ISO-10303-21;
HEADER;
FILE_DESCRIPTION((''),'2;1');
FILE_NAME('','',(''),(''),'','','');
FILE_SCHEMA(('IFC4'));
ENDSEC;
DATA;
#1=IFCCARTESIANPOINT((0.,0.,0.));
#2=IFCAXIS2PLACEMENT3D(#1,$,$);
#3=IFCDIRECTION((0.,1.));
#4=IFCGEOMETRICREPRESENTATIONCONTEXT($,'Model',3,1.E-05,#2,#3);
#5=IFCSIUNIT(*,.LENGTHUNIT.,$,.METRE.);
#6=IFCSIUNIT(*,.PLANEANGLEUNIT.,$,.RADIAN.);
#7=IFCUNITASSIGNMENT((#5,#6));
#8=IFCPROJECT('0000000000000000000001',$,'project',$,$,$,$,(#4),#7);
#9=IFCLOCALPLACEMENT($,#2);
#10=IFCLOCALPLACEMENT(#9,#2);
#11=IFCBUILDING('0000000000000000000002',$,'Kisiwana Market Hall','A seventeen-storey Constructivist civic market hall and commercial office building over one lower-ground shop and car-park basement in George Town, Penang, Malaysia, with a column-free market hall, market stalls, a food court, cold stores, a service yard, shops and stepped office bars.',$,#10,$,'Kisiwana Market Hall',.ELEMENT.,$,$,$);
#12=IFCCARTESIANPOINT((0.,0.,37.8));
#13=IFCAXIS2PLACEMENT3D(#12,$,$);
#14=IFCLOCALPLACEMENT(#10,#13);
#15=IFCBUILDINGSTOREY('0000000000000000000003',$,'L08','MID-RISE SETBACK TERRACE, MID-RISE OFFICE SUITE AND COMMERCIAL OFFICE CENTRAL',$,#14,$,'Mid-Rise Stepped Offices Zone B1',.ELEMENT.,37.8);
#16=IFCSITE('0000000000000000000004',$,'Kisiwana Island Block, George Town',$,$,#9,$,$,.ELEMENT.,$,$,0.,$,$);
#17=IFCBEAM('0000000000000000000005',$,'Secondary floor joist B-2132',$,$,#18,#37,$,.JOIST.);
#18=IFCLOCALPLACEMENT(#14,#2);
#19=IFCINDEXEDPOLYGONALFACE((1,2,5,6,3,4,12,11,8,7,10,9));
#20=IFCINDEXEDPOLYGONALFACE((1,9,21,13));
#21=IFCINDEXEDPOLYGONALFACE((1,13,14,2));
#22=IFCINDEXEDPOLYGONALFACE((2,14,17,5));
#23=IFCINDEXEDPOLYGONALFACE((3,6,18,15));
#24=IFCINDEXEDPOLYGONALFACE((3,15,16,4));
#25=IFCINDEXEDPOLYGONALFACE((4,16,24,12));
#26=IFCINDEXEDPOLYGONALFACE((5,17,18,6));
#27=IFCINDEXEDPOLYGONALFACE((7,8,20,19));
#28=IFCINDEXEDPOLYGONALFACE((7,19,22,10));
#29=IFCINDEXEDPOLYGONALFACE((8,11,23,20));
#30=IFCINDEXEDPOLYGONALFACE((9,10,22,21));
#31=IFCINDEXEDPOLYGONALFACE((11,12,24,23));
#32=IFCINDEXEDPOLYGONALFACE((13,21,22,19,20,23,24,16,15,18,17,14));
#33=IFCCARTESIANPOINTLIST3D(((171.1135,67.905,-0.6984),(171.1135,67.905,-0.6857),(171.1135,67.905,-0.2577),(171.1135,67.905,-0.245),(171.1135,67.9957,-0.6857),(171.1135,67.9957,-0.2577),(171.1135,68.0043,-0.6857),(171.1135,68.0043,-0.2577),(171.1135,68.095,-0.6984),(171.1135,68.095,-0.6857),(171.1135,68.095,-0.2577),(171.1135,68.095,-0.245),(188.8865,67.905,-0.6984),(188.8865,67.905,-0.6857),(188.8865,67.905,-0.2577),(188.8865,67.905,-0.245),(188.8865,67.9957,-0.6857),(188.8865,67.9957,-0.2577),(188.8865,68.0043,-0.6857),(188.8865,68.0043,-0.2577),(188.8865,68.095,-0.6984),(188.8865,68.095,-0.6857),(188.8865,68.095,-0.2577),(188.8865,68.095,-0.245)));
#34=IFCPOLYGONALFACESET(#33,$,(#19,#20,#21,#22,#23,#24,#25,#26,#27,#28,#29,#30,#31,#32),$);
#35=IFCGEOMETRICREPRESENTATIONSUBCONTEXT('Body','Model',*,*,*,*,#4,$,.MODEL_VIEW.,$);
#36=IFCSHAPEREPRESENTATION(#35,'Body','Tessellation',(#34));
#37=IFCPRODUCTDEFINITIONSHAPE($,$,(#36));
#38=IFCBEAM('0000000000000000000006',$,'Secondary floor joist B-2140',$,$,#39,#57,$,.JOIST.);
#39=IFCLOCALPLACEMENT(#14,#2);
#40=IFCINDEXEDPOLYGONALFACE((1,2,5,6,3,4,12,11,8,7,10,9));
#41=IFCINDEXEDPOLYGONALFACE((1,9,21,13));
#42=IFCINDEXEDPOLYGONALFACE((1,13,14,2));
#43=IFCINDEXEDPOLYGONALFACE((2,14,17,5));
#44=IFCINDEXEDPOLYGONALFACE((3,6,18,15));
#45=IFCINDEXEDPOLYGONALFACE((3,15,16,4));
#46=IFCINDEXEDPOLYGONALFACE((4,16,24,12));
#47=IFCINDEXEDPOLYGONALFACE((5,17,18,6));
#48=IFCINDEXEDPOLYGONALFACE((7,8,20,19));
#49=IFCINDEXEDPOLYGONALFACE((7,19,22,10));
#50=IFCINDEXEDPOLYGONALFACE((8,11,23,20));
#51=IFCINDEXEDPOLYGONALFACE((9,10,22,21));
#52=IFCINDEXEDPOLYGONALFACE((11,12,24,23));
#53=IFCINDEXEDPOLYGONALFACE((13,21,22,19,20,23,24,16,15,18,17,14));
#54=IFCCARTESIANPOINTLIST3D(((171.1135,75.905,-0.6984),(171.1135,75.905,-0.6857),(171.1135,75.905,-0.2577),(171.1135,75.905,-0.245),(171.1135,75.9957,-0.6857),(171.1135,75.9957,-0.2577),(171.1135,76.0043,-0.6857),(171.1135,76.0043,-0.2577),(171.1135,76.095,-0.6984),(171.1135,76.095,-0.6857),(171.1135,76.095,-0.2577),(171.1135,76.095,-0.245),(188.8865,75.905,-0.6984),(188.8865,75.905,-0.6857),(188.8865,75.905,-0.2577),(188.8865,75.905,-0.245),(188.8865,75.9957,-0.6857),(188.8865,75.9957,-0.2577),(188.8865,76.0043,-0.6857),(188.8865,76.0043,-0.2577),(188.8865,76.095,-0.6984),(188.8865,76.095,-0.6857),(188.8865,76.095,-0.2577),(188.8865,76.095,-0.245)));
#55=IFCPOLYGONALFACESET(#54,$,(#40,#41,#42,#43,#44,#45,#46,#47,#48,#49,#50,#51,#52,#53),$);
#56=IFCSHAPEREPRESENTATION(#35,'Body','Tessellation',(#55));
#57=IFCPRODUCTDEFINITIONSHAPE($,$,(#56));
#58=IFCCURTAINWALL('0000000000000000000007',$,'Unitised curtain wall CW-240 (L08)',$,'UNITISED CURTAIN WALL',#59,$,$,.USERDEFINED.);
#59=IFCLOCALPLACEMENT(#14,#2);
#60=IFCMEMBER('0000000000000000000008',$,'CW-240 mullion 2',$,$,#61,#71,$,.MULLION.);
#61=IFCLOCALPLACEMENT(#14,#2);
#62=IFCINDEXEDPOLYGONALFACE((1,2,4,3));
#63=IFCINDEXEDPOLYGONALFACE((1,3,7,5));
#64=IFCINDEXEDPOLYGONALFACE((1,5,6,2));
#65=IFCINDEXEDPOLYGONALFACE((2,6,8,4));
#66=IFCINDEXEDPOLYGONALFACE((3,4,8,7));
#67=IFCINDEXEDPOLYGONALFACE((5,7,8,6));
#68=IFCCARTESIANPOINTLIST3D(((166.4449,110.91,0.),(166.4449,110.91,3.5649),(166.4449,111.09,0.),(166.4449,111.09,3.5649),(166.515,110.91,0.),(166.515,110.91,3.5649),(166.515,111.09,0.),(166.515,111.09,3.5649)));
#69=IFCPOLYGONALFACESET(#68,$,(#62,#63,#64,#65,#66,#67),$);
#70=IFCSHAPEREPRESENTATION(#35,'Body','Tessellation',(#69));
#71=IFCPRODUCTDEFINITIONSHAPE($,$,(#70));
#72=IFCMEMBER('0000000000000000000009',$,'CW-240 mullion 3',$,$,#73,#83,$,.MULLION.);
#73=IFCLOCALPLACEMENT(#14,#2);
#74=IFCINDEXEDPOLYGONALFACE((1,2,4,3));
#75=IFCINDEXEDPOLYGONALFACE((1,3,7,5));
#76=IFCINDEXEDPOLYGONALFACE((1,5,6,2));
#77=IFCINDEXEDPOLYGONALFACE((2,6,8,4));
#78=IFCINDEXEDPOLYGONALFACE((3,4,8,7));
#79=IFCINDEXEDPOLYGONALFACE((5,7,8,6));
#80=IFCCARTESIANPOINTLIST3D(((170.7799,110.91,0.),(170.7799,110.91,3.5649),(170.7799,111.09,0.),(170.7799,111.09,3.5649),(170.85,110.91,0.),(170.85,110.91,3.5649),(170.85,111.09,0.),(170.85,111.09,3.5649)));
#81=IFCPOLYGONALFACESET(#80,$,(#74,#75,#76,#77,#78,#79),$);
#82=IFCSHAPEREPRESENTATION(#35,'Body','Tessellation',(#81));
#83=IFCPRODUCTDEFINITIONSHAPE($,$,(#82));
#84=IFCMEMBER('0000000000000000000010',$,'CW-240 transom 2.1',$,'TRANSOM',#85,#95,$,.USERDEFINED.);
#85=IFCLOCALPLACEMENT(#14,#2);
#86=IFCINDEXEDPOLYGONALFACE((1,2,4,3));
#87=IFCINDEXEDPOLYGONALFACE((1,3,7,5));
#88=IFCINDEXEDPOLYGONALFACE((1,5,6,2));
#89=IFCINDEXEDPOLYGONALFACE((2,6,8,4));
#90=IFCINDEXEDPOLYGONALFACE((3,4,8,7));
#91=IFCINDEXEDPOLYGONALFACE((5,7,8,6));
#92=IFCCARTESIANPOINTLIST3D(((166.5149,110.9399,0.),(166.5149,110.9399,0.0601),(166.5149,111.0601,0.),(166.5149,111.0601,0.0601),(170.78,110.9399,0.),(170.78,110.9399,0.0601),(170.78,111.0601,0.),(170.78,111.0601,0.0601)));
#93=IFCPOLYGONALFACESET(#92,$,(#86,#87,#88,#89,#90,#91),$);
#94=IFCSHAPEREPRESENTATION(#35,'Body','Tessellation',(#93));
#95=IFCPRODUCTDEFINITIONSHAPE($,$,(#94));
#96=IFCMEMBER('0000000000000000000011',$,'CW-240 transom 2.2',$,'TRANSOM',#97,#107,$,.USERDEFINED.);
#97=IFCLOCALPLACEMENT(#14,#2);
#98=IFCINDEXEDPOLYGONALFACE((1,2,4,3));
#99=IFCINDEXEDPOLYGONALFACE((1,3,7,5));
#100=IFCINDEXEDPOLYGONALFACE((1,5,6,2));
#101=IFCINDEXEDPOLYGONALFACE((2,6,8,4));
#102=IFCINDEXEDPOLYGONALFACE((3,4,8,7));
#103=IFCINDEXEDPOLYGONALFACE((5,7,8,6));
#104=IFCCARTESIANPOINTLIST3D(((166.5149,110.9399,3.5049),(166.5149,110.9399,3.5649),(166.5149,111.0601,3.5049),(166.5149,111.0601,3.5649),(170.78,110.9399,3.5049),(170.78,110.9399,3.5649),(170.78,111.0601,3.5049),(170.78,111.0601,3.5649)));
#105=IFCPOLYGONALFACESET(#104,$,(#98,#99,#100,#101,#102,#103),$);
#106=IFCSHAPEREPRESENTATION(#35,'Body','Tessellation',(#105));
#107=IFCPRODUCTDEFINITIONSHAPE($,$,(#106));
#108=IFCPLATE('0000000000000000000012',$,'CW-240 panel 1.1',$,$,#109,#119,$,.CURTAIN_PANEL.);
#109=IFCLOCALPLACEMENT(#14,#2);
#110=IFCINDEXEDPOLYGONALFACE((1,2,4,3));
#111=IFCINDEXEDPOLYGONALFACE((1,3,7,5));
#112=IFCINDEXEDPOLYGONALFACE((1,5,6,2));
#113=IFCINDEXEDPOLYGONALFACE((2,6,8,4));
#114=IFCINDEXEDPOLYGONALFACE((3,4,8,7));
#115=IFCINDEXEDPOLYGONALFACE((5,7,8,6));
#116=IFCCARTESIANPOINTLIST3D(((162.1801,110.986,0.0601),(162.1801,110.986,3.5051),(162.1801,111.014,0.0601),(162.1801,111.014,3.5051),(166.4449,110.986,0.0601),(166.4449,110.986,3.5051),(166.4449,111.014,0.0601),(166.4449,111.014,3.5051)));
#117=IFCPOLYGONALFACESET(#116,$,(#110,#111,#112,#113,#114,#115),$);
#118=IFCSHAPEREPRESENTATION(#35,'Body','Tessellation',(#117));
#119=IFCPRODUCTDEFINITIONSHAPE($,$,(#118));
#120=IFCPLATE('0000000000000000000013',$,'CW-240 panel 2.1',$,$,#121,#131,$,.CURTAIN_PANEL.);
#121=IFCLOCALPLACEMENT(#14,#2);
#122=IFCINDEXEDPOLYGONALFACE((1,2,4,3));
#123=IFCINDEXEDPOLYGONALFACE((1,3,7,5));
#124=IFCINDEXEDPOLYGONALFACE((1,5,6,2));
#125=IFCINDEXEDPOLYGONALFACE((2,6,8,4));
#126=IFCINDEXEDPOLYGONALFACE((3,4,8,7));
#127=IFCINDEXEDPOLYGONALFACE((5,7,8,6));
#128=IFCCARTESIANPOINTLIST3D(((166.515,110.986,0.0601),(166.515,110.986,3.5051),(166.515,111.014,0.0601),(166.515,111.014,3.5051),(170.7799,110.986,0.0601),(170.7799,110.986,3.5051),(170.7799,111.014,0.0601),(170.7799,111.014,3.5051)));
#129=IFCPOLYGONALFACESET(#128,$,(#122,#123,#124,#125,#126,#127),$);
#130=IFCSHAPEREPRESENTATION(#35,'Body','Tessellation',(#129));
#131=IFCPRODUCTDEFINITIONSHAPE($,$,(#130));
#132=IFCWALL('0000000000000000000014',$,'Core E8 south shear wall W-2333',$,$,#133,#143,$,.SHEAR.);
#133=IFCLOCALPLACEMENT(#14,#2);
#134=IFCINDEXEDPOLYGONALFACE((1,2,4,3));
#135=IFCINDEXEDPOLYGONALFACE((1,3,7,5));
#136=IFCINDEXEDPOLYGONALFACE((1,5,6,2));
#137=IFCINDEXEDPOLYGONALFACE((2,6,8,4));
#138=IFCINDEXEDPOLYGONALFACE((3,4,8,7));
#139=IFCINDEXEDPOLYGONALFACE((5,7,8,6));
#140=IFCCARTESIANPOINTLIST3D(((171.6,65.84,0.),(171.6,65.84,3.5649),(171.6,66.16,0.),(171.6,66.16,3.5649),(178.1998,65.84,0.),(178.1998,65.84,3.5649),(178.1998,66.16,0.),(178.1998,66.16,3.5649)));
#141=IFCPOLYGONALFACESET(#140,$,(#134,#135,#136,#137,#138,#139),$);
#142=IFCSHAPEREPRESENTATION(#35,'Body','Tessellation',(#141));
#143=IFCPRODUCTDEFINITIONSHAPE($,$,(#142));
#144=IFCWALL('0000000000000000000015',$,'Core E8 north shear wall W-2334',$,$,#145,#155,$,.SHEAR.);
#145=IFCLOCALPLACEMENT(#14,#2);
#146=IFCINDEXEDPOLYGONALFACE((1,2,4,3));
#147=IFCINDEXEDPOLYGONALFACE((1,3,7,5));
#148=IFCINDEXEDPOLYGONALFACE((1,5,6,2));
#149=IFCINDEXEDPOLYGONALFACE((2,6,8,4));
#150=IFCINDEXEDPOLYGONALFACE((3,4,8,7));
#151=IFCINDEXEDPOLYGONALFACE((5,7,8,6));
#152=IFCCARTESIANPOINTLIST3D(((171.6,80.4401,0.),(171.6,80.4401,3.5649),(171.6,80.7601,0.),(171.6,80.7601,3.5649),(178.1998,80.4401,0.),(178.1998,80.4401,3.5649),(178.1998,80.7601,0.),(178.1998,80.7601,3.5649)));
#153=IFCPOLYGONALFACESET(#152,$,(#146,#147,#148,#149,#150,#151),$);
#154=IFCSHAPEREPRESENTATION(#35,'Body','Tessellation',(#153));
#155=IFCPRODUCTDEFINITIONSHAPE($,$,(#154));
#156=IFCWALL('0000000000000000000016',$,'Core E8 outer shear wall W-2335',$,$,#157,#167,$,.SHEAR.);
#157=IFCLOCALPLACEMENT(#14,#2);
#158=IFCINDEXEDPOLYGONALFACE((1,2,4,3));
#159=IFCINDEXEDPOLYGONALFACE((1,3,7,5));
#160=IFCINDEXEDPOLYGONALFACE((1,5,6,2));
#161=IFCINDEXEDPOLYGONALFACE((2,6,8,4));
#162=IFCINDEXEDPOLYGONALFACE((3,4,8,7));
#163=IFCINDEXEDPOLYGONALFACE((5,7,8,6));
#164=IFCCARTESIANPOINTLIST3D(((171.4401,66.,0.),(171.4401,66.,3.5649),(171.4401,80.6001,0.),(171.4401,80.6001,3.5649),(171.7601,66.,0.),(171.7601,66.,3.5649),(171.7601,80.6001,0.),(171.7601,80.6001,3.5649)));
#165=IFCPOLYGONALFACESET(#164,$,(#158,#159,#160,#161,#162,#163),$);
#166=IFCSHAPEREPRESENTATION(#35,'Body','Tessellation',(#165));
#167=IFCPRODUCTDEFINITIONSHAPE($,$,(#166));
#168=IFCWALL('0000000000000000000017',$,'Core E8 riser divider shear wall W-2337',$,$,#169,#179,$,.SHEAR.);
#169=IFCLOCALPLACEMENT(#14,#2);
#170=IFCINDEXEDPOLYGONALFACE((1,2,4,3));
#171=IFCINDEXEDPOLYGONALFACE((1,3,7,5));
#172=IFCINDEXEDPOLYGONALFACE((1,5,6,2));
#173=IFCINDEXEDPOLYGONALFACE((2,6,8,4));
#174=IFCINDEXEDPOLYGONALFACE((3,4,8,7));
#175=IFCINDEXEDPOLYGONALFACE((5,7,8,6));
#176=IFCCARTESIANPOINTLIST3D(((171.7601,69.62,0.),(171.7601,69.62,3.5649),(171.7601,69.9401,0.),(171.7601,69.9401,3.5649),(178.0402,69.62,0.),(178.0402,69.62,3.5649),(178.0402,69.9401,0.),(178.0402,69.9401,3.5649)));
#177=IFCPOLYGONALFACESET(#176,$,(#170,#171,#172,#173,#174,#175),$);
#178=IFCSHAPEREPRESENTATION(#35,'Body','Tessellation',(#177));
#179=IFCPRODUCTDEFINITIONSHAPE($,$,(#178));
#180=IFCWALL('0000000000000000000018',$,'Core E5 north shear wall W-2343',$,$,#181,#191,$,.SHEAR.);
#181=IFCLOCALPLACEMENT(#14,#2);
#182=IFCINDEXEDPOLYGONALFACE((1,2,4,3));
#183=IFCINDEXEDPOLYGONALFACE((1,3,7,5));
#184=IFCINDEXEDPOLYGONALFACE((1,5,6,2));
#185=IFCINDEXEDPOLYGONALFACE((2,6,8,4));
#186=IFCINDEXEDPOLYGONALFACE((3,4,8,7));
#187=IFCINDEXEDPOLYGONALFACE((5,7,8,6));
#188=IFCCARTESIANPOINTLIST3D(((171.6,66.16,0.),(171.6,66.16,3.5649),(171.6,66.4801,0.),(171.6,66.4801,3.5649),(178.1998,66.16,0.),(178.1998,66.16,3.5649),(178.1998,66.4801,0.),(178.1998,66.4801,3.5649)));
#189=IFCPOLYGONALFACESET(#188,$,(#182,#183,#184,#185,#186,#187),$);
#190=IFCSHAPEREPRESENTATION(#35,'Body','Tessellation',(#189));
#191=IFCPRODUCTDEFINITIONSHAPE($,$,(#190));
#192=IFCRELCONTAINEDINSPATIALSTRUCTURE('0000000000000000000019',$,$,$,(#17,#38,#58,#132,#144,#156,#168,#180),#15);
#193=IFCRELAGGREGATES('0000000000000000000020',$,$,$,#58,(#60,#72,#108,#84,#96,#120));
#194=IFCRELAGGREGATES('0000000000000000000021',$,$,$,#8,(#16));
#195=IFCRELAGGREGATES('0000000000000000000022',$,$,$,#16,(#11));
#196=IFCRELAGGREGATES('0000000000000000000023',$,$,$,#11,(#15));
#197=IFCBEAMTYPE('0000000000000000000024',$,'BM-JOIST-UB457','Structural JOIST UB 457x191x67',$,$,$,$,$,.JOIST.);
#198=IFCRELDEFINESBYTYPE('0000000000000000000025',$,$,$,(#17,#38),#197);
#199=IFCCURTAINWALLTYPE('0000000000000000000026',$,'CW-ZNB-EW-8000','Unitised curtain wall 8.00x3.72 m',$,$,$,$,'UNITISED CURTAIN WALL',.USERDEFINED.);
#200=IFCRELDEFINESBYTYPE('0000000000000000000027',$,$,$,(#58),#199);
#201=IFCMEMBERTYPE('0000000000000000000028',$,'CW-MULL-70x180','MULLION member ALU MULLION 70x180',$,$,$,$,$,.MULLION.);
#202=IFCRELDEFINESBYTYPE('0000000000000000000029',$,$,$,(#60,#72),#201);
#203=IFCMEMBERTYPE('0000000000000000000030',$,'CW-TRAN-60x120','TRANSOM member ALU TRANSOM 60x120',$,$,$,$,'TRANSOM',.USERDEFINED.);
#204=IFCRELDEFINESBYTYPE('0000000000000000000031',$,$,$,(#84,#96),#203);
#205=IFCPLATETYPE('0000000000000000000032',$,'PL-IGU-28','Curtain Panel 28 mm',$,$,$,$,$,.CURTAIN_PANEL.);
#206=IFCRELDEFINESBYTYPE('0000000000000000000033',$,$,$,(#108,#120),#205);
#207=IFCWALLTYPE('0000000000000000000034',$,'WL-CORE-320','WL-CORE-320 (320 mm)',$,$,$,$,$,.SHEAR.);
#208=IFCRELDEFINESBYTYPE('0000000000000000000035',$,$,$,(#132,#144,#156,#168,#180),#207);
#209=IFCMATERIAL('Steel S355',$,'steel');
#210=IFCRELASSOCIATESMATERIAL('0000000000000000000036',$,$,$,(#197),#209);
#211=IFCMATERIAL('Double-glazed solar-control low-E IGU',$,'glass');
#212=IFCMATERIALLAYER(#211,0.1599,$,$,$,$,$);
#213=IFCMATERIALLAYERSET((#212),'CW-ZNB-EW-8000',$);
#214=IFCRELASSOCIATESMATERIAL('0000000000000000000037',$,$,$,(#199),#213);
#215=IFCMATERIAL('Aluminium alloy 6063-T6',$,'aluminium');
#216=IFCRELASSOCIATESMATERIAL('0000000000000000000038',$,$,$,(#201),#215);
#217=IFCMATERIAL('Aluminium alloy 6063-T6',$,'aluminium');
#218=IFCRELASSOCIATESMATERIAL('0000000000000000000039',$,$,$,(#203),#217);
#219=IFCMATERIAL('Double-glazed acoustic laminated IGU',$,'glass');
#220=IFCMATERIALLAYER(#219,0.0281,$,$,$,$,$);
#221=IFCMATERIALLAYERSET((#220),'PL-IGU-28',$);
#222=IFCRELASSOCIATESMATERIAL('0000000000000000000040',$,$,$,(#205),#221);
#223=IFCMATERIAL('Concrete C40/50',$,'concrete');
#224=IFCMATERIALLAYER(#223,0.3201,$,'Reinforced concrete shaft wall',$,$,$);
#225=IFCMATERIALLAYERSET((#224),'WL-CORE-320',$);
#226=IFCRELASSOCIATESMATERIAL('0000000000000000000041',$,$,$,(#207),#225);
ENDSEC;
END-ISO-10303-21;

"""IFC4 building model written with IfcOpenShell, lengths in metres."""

from ifc_helpers import new_model, si_unit, direction, frame, frame_2d, origin, origin_2d, place, context, subcontext, project, spatial, rectangle, i_section, extrude, material, layer, layer_set, material_profile, profile_set, type_object, element, aggregate, save


model = new_model("IFC4")

# Units and contexts
model_context = context("Model", 3, precision=1e-05, world=origin(), true_north=direction((0.0, 1.0)))
body_context = subcontext(model_context, "Body", "Model", "MODEL_VIEW")
ifc_project = project(units=[si_unit("LENGTHUNIT", "METRE"), si_unit("PLANEANGLEUNIT", "RADIAN")], contexts=[model_context])

# Site, building, storey
site_placement = place(None, origin())
site = spatial("IfcSite", under=ifc_project, at=site_placement, Name="Kisiwana Island Block, George Town", CompositionType="ELEMENT", RefElevation=0.0)
building_placement = place(site_placement, origin())
building = spatial("IfcBuilding", under=site, at=building_placement, Name="Kisiwana Market Hall", Description="A seventeen-storey Constructivist civic market hall and commercial office building over one lower-ground shop and car-park basement in George Town, Penang, Malaysia, with a column-free market hall, market stalls, a food court, cold stores, a service yard, shops and stepped office bars.", LongName="Kisiwana Market Hall", CompositionType="ELEMENT")
storey_placement = place(building_placement, frame((0.0, 0.0, 37.8)))
storey = spatial("IfcBuildingStorey", under=building, at=storey_placement, Name="L08", Description="MID-RISE SETBACK TERRACE, MID-RISE OFFICE SUITE AND COMMERCIAL OFFICE CENTRAL", LongName="Mid-Rise Stepped Offices Zone B1", CompositionType="ELEMENT", Elevation=37.8)

# Beams
ifc_material_1 = material(Name="Steel S355", Category="steel")
ifc_material_profile_1 = material_profile(ifc_material_1, i_section(OverallWidth=0.1899, OverallDepth=0.4534, WebThickness=0.0085, FlangeThickness=0.0127, at=origin_2d()), Name="UB 457x191x67")
ifc_profile_set_1 = profile_set([ifc_material_profile_1], Name="Steel S355")
beam_type_1 = type_object("IfcBeamType", Name="BM-JOIST-UB457", Description="Structural JOIST UB 457x191x67", PredefinedType="JOIST", material=ifc_profile_set_1)
for number, where, z_axis, x_axis, name in (
    (1, (171.1135, 68.0, -0.4717), (1.0, 0.0, 0.0), (0.0, 1.0, 0.0), "Secondary floor joist B-2132"),
    (2, (171.1135, 76.0, -0.4717), (1.0, 0.0, 0.0), (0.0, 1.0, 0.0), "Secondary floor joist B-2140"),
):
    element("IfcBeam", number, at=place(storey_placement, frame(where, z_axis=z_axis, x_axis=x_axis)), inside=storey, type_object=beam_type_1, Name=name, PredefinedType="JOIST", context=body_context, shape_type="SweptSolid", body=[
        extrude(i_section(OverallWidth=0.1899, OverallDepth=0.4534, WebThickness=0.0085, FlangeThickness=0.0127, at=origin_2d()), origin(), (0.0, 0.0, 1.0), 17.7729),
    ])

# Curtain wall, members, plates
ifc_material_2 = material(Name="Double-glazed solar-control low-E IGU", Category="glass")
ifc_layer_1 = layer(ifc_material_2, 0.1599)
ifc_layer_set_1 = layer_set([ifc_layer_1], Name="CW-ZNB-EW-8000")
curtain_wall_type = type_object("IfcCurtainWallType", Name="CW-ZNB-EW-8000", Description="Unitised curtain wall 8.00x3.72 m", ElementType="UNITISED CURTAIN WALL", PredefinedType="USERDEFINED", material=ifc_layer_set_1)
curtain_wall_placement = place(storey_placement, origin())
curtain_wall = element("IfcCurtainWall", 3, at=curtain_wall_placement, inside=storey, type_object=curtain_wall_type, Name="Unitised curtain wall CW-240 (L08)", ObjectType="UNITISED CURTAIN WALL", PredefinedType="USERDEFINED")
ifc_material_3 = material(Name="Aluminium alloy 6063-T6", Category="aluminium")
ifc_material_profile_2 = material_profile(ifc_material_3, rectangle(XDim=0.0701, YDim=0.1799, at=origin_2d()), Name="ALU MULLION 70x180")
ifc_profile_set_2 = profile_set([ifc_material_profile_2], Name="Aluminium alloy 6063-T6")
member_type_1 = type_object("IfcMemberType", Name="CW-MULL-70x180", Description="MULLION member ALU MULLION 70x180", PredefinedType="MULLION", material=ifc_profile_set_2)
member_1_placement = place(storey_placement, frame((166.48, 111.0, 0.0), z_axis=(0.0, 0.0, 1.0), x_axis=(1.0, 0.0, 0.0)))
member_1 = element("IfcMember", 4, at=member_1_placement, type_object=member_type_1, Name="CW-240 mullion 2", PredefinedType="MULLION", context=body_context, shape_type="SweptSolid", body=[
    extrude(rectangle(XDim=0.0701, YDim=0.1799, at=origin_2d()), origin(), (0.0, 0.0, 1.0), 3.5649),
])
member_2_placement = place(storey_placement, frame((170.8149, 111.0, 0.0), z_axis=(0.0, 0.0, 1.0), x_axis=(1.0, 0.0, 0.0)))
member_2 = element("IfcMember", 5, at=member_2_placement, type_object=member_type_1, Name="CW-240 mullion 3", PredefinedType="MULLION", context=body_context, shape_type="SweptSolid", body=[
    extrude(rectangle(XDim=0.0701, YDim=0.1799, at=origin_2d()), origin(), (0.0, 0.0, 1.0), 3.5649),
])
ifc_material_4 = material(Name="Aluminium alloy 6063-T6", Category="aluminium")
ifc_material_profile_3 = material_profile(ifc_material_4, rectangle(XDim=0.1201, YDim=0.0601, at=origin_2d()), Name="ALU TRANSOM 60x120")
ifc_profile_set_3 = profile_set([ifc_material_profile_3], Name="Aluminium alloy 6063-T6")
member_type_2 = type_object("IfcMemberType", Name="CW-TRAN-60x120", Description="TRANSOM member ALU TRANSOM 60x120", ElementType="TRANSOM", PredefinedType="USERDEFINED", material=ifc_profile_set_3)
member_3_placement = place(storey_placement, frame((166.5149, 111.0, 0.03), z_axis=(1.0, 0.0, 0.0), x_axis=(0.0, 1.0, 0.0)))
member_3 = element("IfcMember", 6, at=member_3_placement, type_object=member_type_2, Name="CW-240 transom 2.1", ObjectType="TRANSOM", PredefinedType="USERDEFINED", context=body_context, shape_type="SweptSolid", body=[
    extrude(rectangle(XDim=0.1201, YDim=0.0601, at=origin_2d()), origin(), (0.0, 0.0, 1.0), 4.2651),
])
member_4_placement = place(storey_placement, frame((166.5149, 111.0, 3.5349), z_axis=(1.0, 0.0, 0.0), x_axis=(0.0, 1.0, 0.0)))
member_4 = element("IfcMember", 7, at=member_4_placement, type_object=member_type_2, Name="CW-240 transom 2.2", ObjectType="TRANSOM", PredefinedType="USERDEFINED", context=body_context, shape_type="SweptSolid", body=[
    extrude(rectangle(XDim=0.1201, YDim=0.0601, at=origin_2d()), origin(), (0.0, 0.0, 1.0), 4.2651),
])
ifc_material_5 = material(Name="Double-glazed acoustic laminated IGU", Category="glass")
ifc_layer_2 = layer(ifc_material_5, 0.0281)
ifc_layer_set_2 = layer_set([ifc_layer_2], Name="PL-IGU-28")
plate_type = type_object("IfcPlateType", Name="PL-IGU-28", Description="Curtain Panel 28 mm", PredefinedType="CURTAIN_PANEL", material=ifc_layer_set_2)
plate_1_placement = place(storey_placement, frame((164.3125, 111.0, 0.0601), z_axis=(0.0, 0.0, 1.0), x_axis=(1.0, 0.0, 0.0)))
plate_1 = element("IfcPlate", 8, at=plate_1_placement, type_object=plate_type, Name="CW-240 panel 1.1", PredefinedType="CURTAIN_PANEL", context=body_context, shape_type="SweptSolid", body=[
    extrude(rectangle(XDim=4.2649, YDim=0.0281, at=origin_2d()), origin(), (0.0, 0.0, 1.0), 3.4451),
])
plate_2_placement = place(storey_placement, frame((168.6475, 111.0, 0.0601), z_axis=(0.0, 0.0, 1.0), x_axis=(1.0, 0.0, 0.0)))
plate_2 = element("IfcPlate", 9, at=plate_2_placement, type_object=plate_type, Name="CW-240 panel 2.1", PredefinedType="CURTAIN_PANEL", context=body_context, shape_type="SweptSolid", body=[
    extrude(rectangle(XDim=4.2649, YDim=0.0281, at=origin_2d()), origin(), (0.0, 0.0, 1.0), 3.4451),
])
aggregate(curtain_wall, [member_1, member_2, plate_1, member_3, member_4, plate_2])

# Walls
ifc_material_6 = material(Name="Concrete C40/50", Category="concrete")
ifc_layer_3 = layer(ifc_material_6, 0.3201, Name="Reinforced concrete shaft wall")
ifc_layer_set_3 = layer_set([ifc_layer_3], Name="WL-CORE-320")
wall_type_1 = type_object("IfcWallType", Name="WL-CORE-320", Description="WL-CORE-320 (320 mm)", PredefinedType="SHEAR", material=ifc_layer_set_3)
for number, where, z_axis, x_axis, name in (
    (10, (171.6001, 66.0, 0.0), (0.0, 0.0, 1.0), (1.0, 0.0, 0.0), "Core E8 south shear wall W-2333"),
    (11, (171.6001, 80.6001, 0.0), (0.0, 0.0, 1.0), (1.0, 0.0, 0.0), "Core E8 north shear wall W-2334"),
):
    element("IfcWall", number, at=place(storey_placement, frame(where, z_axis=z_axis, x_axis=x_axis)), inside=storey, type_object=wall_type_1, Name=name, PredefinedType="SHEAR", context=body_context, shape_type="SweptSolid", body=[
        extrude(rectangle(XDim=6.5999, YDim=0.3201, at=frame_2d((3.2998, 0.0))), origin(), (0.0, 0.0, 1.0), 3.5649),
    ])
wall_1_placement = place(storey_placement, frame((171.6001, 66.0, 0.0), z_axis=(0.0, 0.0, 1.0), x_axis=(0.0, 1.0, 0.0)))
element("IfcWall", 12, at=wall_1_placement, inside=storey, type_object=wall_type_1, Name="Core E8 outer shear wall W-2335", PredefinedType="SHEAR", context=body_context, shape_type="SweptSolid", body=[
    extrude(rectangle(XDim=14.6001, YDim=0.3201, at=frame_2d((7.3, 0.0))), origin(), (0.0, 0.0, 1.0), 3.5649),
])
wall_2_placement = place(storey_placement, frame((171.76, 69.78, 0.0), z_axis=(0.0, 0.0, 1.0), x_axis=(1.0, 0.0, 0.0)))
element("IfcWall", 13, at=wall_2_placement, inside=storey, type_object=wall_type_1, Name="Core E8 riser divider shear wall W-2337", PredefinedType="SHEAR", context=body_context, shape_type="SweptSolid", body=[
    extrude(rectangle(XDim=6.28, YDim=0.3201, at=frame_2d((3.1401, 0.0))), origin(), (0.0, 0.0, 1.0), 3.5649),
])
wall_3_placement = place(storey_placement, frame((171.6001, 66.3201, 0.0), z_axis=(0.0, 0.0, 1.0), x_axis=(1.0, 0.0, 0.0)))
element("IfcWall", 14, at=wall_3_placement, inside=storey, type_object=wall_type_1, Name="Core E5 north shear wall W-2343", PredefinedType="SHEAR", context=body_context, shape_type="SweptSolid", body=[
    extrude(rectangle(XDim=6.5999, YDim=0.3201, at=frame_2d((3.2998, 0.0))), origin(), (0.0, 0.0, 1.0), 3.5649),
])

save(model, "model.ifc")
